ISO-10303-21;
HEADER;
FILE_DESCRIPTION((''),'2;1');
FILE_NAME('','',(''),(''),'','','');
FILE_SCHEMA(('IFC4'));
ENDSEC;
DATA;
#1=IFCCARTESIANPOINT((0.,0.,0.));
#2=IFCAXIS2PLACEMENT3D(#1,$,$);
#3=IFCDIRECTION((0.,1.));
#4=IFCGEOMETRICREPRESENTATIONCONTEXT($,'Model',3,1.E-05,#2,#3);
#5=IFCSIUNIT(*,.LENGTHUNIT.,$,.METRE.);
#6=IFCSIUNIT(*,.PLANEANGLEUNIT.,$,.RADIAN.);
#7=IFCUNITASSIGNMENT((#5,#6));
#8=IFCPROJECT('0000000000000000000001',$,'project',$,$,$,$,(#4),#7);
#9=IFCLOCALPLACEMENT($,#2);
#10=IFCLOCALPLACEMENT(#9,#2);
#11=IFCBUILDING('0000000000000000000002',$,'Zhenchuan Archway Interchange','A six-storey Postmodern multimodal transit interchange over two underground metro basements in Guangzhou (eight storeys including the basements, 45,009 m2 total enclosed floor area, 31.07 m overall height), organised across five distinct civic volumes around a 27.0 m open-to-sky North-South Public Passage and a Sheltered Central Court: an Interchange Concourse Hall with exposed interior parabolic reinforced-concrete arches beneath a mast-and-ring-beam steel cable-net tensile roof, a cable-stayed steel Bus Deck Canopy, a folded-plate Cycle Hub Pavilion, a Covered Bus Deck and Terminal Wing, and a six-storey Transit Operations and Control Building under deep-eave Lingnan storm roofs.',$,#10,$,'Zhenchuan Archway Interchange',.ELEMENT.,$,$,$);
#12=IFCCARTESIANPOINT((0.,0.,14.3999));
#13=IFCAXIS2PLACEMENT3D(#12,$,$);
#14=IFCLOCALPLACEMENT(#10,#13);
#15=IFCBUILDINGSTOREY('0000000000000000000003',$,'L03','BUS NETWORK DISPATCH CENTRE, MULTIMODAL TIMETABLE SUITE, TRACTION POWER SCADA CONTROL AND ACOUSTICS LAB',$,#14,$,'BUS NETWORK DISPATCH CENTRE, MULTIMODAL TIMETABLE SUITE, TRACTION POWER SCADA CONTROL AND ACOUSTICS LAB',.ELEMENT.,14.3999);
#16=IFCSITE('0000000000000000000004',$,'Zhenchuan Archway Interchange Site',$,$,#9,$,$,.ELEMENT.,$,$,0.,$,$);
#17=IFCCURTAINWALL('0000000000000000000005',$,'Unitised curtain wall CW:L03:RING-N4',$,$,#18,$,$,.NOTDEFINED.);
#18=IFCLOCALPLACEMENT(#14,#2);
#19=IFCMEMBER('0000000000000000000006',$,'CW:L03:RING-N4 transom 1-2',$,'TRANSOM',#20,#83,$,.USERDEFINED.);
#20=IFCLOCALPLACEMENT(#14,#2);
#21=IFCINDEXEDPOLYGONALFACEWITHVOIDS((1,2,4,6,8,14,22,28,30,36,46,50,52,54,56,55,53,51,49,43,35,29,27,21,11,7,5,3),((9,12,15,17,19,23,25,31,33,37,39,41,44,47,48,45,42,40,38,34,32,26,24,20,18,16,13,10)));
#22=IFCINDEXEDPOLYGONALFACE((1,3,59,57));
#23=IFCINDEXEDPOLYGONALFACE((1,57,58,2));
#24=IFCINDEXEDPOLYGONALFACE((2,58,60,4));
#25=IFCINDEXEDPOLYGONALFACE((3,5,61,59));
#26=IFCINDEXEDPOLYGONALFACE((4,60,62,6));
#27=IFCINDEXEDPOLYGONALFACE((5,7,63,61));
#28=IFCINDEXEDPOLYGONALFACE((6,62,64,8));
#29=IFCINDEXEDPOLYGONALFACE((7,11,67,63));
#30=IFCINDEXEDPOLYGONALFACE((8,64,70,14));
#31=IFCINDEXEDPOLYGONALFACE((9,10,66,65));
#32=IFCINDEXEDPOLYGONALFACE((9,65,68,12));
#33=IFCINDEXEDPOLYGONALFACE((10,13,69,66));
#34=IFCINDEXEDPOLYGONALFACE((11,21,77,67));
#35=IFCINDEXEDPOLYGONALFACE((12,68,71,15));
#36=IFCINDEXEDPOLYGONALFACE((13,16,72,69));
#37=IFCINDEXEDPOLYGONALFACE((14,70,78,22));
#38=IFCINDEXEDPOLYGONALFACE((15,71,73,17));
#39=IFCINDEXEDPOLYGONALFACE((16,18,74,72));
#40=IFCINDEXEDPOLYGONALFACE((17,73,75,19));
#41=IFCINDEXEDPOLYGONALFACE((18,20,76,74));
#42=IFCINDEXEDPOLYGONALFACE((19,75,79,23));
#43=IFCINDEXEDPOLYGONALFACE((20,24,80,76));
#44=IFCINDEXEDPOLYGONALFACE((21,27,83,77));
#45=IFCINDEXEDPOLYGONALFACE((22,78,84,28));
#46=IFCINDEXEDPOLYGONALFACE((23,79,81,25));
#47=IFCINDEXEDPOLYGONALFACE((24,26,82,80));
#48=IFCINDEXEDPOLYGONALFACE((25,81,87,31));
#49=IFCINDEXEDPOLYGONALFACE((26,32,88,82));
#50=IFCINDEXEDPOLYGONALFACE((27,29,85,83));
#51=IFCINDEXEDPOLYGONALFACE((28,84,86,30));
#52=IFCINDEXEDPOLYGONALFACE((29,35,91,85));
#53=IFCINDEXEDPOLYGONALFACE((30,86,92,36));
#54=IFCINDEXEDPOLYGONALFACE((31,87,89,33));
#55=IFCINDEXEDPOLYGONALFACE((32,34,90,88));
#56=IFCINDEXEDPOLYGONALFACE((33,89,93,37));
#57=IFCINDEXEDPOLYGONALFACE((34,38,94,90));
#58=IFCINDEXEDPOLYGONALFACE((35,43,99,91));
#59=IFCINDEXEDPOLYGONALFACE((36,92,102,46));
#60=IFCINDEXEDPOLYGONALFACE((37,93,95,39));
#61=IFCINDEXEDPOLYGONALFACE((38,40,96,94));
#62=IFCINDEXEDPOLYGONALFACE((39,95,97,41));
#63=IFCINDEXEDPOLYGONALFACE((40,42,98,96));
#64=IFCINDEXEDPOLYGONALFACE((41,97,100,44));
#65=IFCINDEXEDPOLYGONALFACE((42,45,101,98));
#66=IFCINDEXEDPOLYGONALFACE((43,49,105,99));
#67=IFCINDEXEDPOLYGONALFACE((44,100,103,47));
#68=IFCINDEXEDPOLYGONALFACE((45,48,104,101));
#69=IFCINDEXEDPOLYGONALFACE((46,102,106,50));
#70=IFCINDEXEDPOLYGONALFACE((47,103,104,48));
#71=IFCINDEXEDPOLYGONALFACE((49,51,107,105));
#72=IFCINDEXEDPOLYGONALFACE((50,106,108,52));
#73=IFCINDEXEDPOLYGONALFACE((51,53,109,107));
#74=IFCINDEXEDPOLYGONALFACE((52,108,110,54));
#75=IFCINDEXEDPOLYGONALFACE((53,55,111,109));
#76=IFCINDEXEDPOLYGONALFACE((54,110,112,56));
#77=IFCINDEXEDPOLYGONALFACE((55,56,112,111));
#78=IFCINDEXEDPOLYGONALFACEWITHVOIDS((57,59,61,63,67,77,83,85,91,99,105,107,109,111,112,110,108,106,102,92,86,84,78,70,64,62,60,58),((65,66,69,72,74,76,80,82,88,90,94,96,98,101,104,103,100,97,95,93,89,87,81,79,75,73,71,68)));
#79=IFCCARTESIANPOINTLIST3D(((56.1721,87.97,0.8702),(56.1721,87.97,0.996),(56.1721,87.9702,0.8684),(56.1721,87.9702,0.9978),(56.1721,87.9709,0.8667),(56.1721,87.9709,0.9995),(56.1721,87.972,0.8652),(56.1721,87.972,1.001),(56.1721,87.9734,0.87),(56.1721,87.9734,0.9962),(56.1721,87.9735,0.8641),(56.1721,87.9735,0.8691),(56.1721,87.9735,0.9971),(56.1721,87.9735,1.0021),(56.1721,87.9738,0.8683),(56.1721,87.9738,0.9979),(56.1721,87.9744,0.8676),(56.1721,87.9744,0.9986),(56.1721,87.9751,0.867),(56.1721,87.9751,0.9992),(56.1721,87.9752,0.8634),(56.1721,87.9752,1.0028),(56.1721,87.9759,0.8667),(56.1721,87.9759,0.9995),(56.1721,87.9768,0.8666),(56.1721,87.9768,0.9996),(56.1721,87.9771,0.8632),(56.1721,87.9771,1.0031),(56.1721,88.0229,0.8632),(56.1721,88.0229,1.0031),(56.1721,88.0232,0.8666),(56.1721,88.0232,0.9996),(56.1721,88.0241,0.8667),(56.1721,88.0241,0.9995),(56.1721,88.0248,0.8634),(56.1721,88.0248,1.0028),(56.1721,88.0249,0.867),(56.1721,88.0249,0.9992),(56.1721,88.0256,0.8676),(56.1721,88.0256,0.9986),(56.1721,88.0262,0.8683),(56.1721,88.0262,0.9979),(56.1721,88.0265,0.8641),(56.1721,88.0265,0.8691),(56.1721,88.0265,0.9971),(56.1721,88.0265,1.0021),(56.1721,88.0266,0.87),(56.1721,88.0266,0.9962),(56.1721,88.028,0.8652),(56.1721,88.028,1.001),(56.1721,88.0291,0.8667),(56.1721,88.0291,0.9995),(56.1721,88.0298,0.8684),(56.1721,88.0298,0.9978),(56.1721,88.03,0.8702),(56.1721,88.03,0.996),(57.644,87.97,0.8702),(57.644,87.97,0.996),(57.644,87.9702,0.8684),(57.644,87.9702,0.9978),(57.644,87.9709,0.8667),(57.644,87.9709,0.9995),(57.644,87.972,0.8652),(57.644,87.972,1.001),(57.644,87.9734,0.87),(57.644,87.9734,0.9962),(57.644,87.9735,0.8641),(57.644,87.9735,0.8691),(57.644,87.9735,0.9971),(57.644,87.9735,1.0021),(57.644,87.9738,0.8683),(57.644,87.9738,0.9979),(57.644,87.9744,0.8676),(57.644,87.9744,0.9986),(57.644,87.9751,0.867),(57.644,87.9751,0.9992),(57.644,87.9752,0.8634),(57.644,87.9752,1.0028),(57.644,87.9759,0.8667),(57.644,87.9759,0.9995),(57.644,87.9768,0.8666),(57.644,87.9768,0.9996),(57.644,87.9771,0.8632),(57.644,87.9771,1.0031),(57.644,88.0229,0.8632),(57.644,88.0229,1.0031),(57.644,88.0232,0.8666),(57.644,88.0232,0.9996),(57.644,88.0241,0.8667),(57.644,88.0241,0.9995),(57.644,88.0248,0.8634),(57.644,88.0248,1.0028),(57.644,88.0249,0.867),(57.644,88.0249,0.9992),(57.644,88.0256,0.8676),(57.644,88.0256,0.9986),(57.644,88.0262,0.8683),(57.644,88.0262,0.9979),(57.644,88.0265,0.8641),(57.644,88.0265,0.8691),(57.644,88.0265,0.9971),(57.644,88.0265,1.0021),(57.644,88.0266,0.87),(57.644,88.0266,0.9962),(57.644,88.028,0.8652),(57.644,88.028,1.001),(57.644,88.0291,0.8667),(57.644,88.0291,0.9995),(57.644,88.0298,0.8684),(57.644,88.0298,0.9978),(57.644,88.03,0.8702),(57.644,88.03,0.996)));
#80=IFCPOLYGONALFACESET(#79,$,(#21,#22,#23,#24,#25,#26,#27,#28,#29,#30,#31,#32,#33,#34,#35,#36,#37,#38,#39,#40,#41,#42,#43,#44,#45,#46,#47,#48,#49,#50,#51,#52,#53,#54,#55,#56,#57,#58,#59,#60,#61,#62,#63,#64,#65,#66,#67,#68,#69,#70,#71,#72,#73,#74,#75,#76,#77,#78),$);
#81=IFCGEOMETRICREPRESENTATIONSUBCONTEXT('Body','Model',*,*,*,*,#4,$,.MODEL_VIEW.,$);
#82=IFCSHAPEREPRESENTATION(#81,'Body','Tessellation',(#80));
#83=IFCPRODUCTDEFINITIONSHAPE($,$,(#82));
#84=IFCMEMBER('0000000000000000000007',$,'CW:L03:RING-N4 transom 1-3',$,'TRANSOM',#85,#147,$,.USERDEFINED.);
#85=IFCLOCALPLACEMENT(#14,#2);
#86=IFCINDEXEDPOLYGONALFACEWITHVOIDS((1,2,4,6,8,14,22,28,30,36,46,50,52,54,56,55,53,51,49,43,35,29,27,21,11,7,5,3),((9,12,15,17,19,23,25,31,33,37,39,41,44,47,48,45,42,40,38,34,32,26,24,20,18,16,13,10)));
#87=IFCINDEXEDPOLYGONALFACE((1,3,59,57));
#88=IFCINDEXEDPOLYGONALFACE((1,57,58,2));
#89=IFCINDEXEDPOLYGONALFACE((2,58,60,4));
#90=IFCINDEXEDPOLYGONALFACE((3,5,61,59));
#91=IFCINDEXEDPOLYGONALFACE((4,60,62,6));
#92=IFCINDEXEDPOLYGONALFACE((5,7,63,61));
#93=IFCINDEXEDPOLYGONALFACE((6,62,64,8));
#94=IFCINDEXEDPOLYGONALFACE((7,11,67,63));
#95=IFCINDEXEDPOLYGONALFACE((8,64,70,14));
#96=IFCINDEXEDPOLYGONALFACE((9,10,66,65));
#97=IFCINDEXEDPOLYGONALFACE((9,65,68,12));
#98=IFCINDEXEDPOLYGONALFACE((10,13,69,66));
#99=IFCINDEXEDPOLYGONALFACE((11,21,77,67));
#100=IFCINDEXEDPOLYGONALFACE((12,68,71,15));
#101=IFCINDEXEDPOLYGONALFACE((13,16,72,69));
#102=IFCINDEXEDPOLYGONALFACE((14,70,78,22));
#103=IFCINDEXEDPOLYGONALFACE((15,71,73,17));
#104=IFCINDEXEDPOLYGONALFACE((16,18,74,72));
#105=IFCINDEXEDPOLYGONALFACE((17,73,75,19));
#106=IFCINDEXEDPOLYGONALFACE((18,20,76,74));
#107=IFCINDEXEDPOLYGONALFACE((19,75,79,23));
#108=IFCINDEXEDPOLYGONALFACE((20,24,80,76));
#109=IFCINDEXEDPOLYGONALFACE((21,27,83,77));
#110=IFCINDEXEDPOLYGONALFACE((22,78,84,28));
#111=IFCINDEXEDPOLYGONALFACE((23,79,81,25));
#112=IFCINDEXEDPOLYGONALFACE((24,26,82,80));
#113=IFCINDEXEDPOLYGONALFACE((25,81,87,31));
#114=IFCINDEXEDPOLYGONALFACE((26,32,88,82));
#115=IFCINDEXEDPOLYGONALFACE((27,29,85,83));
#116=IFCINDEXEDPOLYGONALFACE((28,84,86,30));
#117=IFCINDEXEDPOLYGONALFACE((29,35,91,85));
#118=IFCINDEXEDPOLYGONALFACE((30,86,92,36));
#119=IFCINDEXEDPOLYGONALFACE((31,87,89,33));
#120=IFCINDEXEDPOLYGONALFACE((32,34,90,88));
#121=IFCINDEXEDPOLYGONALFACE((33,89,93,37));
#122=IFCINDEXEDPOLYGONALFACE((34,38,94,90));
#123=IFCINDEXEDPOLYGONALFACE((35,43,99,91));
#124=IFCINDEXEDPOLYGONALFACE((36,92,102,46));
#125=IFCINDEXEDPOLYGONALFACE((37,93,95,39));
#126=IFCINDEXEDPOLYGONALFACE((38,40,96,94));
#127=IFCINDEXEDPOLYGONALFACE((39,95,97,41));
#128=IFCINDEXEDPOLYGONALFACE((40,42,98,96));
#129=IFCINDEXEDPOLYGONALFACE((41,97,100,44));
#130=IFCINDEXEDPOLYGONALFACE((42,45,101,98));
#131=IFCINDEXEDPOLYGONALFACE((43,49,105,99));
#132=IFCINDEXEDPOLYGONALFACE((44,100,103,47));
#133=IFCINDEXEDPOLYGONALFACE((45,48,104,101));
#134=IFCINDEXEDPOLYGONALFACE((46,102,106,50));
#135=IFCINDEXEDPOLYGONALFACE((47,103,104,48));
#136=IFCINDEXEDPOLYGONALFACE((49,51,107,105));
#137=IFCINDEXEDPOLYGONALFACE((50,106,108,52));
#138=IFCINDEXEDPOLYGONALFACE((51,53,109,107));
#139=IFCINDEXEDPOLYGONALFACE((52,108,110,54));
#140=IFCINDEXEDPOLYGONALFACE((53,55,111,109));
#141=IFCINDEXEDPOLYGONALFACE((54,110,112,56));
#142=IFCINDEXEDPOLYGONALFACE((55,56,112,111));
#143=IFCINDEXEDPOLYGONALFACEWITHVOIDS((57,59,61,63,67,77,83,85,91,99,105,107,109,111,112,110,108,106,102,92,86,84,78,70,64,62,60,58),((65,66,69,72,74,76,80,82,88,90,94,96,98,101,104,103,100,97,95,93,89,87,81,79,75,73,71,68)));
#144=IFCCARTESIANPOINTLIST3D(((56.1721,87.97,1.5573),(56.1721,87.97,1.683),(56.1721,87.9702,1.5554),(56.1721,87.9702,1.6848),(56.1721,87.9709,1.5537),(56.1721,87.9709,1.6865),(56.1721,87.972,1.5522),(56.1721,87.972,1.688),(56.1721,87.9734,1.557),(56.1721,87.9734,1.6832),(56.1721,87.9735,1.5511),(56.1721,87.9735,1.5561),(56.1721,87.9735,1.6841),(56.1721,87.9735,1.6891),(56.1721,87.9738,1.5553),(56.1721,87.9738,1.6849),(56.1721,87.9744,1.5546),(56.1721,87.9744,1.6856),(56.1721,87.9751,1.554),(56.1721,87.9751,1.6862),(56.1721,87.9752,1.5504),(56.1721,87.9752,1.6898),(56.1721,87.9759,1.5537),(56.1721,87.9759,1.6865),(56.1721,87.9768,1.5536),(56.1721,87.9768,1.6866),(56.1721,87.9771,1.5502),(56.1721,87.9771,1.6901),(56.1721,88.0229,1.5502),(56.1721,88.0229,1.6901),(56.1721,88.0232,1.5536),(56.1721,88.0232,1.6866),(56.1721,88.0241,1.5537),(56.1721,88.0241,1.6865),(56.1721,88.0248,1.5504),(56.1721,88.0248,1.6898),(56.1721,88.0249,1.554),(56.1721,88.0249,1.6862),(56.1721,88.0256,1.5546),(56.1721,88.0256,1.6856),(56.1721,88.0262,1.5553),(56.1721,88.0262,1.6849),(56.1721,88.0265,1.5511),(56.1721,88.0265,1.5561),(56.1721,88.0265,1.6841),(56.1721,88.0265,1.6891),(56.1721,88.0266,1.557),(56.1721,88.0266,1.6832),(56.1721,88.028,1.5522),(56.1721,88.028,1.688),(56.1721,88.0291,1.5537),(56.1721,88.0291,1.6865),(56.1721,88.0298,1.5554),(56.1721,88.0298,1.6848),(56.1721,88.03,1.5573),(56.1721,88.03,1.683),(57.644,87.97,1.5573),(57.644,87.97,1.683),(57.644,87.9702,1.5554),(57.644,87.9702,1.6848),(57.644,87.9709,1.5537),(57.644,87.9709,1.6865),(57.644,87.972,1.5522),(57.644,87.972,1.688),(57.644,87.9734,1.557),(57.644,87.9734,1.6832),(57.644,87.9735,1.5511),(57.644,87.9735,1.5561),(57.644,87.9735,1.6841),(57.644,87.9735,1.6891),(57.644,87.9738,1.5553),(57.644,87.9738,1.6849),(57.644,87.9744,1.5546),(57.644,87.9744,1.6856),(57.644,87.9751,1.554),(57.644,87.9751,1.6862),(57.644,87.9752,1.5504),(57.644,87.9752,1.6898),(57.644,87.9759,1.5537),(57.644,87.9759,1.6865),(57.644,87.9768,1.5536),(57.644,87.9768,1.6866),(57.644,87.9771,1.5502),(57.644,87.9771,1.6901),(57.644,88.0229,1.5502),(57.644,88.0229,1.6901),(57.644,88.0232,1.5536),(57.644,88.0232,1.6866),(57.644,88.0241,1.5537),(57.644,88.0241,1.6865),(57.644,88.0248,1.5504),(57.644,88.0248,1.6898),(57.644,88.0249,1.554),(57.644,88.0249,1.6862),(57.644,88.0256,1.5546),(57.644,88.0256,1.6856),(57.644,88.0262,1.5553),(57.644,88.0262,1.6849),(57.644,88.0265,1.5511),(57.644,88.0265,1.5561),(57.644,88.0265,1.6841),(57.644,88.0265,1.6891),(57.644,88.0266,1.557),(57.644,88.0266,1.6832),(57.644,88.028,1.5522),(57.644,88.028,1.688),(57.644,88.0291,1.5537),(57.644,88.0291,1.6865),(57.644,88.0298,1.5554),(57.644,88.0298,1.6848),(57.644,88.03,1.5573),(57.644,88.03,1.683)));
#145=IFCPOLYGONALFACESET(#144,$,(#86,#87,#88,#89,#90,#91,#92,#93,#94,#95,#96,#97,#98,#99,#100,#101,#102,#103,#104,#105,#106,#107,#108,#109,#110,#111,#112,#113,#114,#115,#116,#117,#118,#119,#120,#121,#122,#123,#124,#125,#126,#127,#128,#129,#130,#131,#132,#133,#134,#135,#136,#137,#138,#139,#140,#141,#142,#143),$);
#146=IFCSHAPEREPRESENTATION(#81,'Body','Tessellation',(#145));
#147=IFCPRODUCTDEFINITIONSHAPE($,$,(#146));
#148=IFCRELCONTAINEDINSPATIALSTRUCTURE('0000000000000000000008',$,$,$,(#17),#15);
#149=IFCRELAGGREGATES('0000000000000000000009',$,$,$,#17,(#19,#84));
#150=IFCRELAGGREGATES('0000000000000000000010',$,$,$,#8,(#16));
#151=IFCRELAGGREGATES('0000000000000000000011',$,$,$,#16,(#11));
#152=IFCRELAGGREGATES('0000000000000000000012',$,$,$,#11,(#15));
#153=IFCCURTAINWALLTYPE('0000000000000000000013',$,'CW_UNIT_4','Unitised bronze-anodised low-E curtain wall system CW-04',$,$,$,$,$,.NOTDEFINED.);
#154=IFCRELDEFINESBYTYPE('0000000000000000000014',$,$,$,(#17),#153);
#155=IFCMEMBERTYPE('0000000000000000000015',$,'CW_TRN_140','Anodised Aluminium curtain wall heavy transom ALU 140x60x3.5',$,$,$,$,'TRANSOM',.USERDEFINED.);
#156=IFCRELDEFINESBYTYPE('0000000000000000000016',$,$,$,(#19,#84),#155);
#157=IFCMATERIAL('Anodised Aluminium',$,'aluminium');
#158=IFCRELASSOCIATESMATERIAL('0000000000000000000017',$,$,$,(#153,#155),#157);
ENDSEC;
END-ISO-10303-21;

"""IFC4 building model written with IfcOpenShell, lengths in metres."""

from ifc_helpers import new_model, si_unit, direction, frame, origin, origin_2d, place, context, subcontext, project, spatial, hollow_rectangle, extrude, material, material_profile, profile_set, type_object, element, aggregate, save


model = new_model("IFC4")

# Units and contexts
model_context = context("Model", 3, precision=1e-05, world=origin(), true_north=direction((0.0, 1.0)))
body_context = subcontext(model_context, "Body", "Model", "MODEL_VIEW")
ifc_project = project(units=[si_unit("LENGTHUNIT", "METRE"), si_unit("PLANEANGLEUNIT", "RADIAN")], contexts=[model_context])

# Site, building, storey
site_placement = place(None, origin())
site = spatial("IfcSite", under=ifc_project, at=site_placement, Name="Zhenchuan Archway Interchange Site", CompositionType="ELEMENT", RefElevation=0.0)
building_placement = place(site_placement, origin())
building = spatial("IfcBuilding", under=site, at=building_placement, Name="Zhenchuan Archway Interchange", Description="A six-storey Postmodern multimodal transit interchange over two underground metro basements in Guangzhou (eight storeys including the basements, 45,009 m2 total enclosed floor area, 31.07 m overall height), organised across five distinct civic volumes around a 27.0 m open-to-sky North-South Public Passage and a Sheltered Central Court: an Interchange Concourse Hall with exposed interior parabolic reinforced-concrete arches beneath a mast-and-ring-beam steel cable-net tensile roof, a cable-stayed steel Bus Deck Canopy, a folded-plate Cycle Hub Pavilion, a Covered Bus Deck and Terminal Wing, and a six-storey Transit Operations and Control Building under deep-eave Lingnan storm roofs.", LongName="Zhenchuan Archway Interchange", CompositionType="ELEMENT")
storey_placement = place(building_placement, frame((0.0, 0.0, 14.3999)))
storey = spatial("IfcBuildingStorey", under=building, at=storey_placement, Name="L03", Description="BUS NETWORK DISPATCH CENTRE, MULTIMODAL TIMETABLE SUITE, TRACTION POWER SCADA CONTROL AND ACOUSTICS LAB", LongName="BUS NETWORK DISPATCH CENTRE, MULTIMODAL TIMETABLE SUITE, TRACTION POWER SCADA CONTROL AND ACOUSTICS LAB", CompositionType="ELEMENT", Elevation=14.3999)

# Curtain wall
ifc_material_1 = material(Name="Anodised Aluminium", Category="aluminium")
curtain_wall_type = type_object("IfcCurtainWallType", Name="CW_UNIT_4", Description="Unitised bronze-anodised low-E curtain wall system CW-04", PredefinedType="NOTDEFINED", material=ifc_material_1)
curtain_wall_1_placement = place(storey_placement, origin())
curtain_wall_1 = element("IfcCurtainWall", 1, at=curtain_wall_1_placement, inside=storey, type_object=curtain_wall_type, Name="Unitised curtain wall CW:L03:RING-N4", PredefinedType="NOTDEFINED")

# Members
ifc_material_profile_1 = material_profile(ifc_material_1, hollow_rectangle(XDim=0.0601, YDim=0.1399, WallThickness=0.0034, InnerFilletRadius=0.0034, OuterFilletRadius=0.0071, at=origin_2d()), Name="ALU 140x60x3.5")
ifc_profile_set_1 = profile_set([ifc_material_profile_1], Name="Anodised Aluminium")
member_type_1 = type_object("IfcMemberType", Name="CW_TRN_140", Description="Anodised Aluminium curtain wall heavy transom ALU 140x60x3.5", ElementType="TRANSOM", PredefinedType="USERDEFINED", material=ifc_profile_set_1)
member_1_placement = place(storey_placement, frame((56.1721, 88.0, 0.9331), z_axis=(1.0, 0.0, 0.0), x_axis=(0.0, 1.0, 0.0)))
member_1 = element("IfcMember", 2, at=member_1_placement, type_object=member_type_1, Name="CW:L03:RING-N4 transom 1-2", ObjectType="TRANSOM", PredefinedType="USERDEFINED", context=body_context, shape_type="SweptSolid", body=[
    extrude(hollow_rectangle(XDim=0.0601, YDim=0.1399, WallThickness=0.0034, InnerFilletRadius=0.0034, OuterFilletRadius=0.0071, at=origin_2d()), origin(), (0.0, 0.0, 1.0), 1.4719),
])
member_2_placement = place(storey_placement, frame((56.1721, 88.0, 1.6201), z_axis=(1.0, 0.0, 0.0), x_axis=(0.0, 1.0, 0.0)))
member_2 = element("IfcMember", 3, at=member_2_placement, type_object=member_type_1, Name="CW:L03:RING-N4 transom 1-3", ObjectType="TRANSOM", PredefinedType="USERDEFINED", context=body_context, shape_type="SweptSolid", body=[
    extrude(hollow_rectangle(XDim=0.0601, YDim=0.1399, WallThickness=0.0034, InnerFilletRadius=0.0034, OuterFilletRadius=0.0071, at=origin_2d()), origin(), (0.0, 0.0, 1.0), 1.4719),
])

aggregate(curtain_wall_1, [member_1, member_2])

save(model, "model.ifc")
